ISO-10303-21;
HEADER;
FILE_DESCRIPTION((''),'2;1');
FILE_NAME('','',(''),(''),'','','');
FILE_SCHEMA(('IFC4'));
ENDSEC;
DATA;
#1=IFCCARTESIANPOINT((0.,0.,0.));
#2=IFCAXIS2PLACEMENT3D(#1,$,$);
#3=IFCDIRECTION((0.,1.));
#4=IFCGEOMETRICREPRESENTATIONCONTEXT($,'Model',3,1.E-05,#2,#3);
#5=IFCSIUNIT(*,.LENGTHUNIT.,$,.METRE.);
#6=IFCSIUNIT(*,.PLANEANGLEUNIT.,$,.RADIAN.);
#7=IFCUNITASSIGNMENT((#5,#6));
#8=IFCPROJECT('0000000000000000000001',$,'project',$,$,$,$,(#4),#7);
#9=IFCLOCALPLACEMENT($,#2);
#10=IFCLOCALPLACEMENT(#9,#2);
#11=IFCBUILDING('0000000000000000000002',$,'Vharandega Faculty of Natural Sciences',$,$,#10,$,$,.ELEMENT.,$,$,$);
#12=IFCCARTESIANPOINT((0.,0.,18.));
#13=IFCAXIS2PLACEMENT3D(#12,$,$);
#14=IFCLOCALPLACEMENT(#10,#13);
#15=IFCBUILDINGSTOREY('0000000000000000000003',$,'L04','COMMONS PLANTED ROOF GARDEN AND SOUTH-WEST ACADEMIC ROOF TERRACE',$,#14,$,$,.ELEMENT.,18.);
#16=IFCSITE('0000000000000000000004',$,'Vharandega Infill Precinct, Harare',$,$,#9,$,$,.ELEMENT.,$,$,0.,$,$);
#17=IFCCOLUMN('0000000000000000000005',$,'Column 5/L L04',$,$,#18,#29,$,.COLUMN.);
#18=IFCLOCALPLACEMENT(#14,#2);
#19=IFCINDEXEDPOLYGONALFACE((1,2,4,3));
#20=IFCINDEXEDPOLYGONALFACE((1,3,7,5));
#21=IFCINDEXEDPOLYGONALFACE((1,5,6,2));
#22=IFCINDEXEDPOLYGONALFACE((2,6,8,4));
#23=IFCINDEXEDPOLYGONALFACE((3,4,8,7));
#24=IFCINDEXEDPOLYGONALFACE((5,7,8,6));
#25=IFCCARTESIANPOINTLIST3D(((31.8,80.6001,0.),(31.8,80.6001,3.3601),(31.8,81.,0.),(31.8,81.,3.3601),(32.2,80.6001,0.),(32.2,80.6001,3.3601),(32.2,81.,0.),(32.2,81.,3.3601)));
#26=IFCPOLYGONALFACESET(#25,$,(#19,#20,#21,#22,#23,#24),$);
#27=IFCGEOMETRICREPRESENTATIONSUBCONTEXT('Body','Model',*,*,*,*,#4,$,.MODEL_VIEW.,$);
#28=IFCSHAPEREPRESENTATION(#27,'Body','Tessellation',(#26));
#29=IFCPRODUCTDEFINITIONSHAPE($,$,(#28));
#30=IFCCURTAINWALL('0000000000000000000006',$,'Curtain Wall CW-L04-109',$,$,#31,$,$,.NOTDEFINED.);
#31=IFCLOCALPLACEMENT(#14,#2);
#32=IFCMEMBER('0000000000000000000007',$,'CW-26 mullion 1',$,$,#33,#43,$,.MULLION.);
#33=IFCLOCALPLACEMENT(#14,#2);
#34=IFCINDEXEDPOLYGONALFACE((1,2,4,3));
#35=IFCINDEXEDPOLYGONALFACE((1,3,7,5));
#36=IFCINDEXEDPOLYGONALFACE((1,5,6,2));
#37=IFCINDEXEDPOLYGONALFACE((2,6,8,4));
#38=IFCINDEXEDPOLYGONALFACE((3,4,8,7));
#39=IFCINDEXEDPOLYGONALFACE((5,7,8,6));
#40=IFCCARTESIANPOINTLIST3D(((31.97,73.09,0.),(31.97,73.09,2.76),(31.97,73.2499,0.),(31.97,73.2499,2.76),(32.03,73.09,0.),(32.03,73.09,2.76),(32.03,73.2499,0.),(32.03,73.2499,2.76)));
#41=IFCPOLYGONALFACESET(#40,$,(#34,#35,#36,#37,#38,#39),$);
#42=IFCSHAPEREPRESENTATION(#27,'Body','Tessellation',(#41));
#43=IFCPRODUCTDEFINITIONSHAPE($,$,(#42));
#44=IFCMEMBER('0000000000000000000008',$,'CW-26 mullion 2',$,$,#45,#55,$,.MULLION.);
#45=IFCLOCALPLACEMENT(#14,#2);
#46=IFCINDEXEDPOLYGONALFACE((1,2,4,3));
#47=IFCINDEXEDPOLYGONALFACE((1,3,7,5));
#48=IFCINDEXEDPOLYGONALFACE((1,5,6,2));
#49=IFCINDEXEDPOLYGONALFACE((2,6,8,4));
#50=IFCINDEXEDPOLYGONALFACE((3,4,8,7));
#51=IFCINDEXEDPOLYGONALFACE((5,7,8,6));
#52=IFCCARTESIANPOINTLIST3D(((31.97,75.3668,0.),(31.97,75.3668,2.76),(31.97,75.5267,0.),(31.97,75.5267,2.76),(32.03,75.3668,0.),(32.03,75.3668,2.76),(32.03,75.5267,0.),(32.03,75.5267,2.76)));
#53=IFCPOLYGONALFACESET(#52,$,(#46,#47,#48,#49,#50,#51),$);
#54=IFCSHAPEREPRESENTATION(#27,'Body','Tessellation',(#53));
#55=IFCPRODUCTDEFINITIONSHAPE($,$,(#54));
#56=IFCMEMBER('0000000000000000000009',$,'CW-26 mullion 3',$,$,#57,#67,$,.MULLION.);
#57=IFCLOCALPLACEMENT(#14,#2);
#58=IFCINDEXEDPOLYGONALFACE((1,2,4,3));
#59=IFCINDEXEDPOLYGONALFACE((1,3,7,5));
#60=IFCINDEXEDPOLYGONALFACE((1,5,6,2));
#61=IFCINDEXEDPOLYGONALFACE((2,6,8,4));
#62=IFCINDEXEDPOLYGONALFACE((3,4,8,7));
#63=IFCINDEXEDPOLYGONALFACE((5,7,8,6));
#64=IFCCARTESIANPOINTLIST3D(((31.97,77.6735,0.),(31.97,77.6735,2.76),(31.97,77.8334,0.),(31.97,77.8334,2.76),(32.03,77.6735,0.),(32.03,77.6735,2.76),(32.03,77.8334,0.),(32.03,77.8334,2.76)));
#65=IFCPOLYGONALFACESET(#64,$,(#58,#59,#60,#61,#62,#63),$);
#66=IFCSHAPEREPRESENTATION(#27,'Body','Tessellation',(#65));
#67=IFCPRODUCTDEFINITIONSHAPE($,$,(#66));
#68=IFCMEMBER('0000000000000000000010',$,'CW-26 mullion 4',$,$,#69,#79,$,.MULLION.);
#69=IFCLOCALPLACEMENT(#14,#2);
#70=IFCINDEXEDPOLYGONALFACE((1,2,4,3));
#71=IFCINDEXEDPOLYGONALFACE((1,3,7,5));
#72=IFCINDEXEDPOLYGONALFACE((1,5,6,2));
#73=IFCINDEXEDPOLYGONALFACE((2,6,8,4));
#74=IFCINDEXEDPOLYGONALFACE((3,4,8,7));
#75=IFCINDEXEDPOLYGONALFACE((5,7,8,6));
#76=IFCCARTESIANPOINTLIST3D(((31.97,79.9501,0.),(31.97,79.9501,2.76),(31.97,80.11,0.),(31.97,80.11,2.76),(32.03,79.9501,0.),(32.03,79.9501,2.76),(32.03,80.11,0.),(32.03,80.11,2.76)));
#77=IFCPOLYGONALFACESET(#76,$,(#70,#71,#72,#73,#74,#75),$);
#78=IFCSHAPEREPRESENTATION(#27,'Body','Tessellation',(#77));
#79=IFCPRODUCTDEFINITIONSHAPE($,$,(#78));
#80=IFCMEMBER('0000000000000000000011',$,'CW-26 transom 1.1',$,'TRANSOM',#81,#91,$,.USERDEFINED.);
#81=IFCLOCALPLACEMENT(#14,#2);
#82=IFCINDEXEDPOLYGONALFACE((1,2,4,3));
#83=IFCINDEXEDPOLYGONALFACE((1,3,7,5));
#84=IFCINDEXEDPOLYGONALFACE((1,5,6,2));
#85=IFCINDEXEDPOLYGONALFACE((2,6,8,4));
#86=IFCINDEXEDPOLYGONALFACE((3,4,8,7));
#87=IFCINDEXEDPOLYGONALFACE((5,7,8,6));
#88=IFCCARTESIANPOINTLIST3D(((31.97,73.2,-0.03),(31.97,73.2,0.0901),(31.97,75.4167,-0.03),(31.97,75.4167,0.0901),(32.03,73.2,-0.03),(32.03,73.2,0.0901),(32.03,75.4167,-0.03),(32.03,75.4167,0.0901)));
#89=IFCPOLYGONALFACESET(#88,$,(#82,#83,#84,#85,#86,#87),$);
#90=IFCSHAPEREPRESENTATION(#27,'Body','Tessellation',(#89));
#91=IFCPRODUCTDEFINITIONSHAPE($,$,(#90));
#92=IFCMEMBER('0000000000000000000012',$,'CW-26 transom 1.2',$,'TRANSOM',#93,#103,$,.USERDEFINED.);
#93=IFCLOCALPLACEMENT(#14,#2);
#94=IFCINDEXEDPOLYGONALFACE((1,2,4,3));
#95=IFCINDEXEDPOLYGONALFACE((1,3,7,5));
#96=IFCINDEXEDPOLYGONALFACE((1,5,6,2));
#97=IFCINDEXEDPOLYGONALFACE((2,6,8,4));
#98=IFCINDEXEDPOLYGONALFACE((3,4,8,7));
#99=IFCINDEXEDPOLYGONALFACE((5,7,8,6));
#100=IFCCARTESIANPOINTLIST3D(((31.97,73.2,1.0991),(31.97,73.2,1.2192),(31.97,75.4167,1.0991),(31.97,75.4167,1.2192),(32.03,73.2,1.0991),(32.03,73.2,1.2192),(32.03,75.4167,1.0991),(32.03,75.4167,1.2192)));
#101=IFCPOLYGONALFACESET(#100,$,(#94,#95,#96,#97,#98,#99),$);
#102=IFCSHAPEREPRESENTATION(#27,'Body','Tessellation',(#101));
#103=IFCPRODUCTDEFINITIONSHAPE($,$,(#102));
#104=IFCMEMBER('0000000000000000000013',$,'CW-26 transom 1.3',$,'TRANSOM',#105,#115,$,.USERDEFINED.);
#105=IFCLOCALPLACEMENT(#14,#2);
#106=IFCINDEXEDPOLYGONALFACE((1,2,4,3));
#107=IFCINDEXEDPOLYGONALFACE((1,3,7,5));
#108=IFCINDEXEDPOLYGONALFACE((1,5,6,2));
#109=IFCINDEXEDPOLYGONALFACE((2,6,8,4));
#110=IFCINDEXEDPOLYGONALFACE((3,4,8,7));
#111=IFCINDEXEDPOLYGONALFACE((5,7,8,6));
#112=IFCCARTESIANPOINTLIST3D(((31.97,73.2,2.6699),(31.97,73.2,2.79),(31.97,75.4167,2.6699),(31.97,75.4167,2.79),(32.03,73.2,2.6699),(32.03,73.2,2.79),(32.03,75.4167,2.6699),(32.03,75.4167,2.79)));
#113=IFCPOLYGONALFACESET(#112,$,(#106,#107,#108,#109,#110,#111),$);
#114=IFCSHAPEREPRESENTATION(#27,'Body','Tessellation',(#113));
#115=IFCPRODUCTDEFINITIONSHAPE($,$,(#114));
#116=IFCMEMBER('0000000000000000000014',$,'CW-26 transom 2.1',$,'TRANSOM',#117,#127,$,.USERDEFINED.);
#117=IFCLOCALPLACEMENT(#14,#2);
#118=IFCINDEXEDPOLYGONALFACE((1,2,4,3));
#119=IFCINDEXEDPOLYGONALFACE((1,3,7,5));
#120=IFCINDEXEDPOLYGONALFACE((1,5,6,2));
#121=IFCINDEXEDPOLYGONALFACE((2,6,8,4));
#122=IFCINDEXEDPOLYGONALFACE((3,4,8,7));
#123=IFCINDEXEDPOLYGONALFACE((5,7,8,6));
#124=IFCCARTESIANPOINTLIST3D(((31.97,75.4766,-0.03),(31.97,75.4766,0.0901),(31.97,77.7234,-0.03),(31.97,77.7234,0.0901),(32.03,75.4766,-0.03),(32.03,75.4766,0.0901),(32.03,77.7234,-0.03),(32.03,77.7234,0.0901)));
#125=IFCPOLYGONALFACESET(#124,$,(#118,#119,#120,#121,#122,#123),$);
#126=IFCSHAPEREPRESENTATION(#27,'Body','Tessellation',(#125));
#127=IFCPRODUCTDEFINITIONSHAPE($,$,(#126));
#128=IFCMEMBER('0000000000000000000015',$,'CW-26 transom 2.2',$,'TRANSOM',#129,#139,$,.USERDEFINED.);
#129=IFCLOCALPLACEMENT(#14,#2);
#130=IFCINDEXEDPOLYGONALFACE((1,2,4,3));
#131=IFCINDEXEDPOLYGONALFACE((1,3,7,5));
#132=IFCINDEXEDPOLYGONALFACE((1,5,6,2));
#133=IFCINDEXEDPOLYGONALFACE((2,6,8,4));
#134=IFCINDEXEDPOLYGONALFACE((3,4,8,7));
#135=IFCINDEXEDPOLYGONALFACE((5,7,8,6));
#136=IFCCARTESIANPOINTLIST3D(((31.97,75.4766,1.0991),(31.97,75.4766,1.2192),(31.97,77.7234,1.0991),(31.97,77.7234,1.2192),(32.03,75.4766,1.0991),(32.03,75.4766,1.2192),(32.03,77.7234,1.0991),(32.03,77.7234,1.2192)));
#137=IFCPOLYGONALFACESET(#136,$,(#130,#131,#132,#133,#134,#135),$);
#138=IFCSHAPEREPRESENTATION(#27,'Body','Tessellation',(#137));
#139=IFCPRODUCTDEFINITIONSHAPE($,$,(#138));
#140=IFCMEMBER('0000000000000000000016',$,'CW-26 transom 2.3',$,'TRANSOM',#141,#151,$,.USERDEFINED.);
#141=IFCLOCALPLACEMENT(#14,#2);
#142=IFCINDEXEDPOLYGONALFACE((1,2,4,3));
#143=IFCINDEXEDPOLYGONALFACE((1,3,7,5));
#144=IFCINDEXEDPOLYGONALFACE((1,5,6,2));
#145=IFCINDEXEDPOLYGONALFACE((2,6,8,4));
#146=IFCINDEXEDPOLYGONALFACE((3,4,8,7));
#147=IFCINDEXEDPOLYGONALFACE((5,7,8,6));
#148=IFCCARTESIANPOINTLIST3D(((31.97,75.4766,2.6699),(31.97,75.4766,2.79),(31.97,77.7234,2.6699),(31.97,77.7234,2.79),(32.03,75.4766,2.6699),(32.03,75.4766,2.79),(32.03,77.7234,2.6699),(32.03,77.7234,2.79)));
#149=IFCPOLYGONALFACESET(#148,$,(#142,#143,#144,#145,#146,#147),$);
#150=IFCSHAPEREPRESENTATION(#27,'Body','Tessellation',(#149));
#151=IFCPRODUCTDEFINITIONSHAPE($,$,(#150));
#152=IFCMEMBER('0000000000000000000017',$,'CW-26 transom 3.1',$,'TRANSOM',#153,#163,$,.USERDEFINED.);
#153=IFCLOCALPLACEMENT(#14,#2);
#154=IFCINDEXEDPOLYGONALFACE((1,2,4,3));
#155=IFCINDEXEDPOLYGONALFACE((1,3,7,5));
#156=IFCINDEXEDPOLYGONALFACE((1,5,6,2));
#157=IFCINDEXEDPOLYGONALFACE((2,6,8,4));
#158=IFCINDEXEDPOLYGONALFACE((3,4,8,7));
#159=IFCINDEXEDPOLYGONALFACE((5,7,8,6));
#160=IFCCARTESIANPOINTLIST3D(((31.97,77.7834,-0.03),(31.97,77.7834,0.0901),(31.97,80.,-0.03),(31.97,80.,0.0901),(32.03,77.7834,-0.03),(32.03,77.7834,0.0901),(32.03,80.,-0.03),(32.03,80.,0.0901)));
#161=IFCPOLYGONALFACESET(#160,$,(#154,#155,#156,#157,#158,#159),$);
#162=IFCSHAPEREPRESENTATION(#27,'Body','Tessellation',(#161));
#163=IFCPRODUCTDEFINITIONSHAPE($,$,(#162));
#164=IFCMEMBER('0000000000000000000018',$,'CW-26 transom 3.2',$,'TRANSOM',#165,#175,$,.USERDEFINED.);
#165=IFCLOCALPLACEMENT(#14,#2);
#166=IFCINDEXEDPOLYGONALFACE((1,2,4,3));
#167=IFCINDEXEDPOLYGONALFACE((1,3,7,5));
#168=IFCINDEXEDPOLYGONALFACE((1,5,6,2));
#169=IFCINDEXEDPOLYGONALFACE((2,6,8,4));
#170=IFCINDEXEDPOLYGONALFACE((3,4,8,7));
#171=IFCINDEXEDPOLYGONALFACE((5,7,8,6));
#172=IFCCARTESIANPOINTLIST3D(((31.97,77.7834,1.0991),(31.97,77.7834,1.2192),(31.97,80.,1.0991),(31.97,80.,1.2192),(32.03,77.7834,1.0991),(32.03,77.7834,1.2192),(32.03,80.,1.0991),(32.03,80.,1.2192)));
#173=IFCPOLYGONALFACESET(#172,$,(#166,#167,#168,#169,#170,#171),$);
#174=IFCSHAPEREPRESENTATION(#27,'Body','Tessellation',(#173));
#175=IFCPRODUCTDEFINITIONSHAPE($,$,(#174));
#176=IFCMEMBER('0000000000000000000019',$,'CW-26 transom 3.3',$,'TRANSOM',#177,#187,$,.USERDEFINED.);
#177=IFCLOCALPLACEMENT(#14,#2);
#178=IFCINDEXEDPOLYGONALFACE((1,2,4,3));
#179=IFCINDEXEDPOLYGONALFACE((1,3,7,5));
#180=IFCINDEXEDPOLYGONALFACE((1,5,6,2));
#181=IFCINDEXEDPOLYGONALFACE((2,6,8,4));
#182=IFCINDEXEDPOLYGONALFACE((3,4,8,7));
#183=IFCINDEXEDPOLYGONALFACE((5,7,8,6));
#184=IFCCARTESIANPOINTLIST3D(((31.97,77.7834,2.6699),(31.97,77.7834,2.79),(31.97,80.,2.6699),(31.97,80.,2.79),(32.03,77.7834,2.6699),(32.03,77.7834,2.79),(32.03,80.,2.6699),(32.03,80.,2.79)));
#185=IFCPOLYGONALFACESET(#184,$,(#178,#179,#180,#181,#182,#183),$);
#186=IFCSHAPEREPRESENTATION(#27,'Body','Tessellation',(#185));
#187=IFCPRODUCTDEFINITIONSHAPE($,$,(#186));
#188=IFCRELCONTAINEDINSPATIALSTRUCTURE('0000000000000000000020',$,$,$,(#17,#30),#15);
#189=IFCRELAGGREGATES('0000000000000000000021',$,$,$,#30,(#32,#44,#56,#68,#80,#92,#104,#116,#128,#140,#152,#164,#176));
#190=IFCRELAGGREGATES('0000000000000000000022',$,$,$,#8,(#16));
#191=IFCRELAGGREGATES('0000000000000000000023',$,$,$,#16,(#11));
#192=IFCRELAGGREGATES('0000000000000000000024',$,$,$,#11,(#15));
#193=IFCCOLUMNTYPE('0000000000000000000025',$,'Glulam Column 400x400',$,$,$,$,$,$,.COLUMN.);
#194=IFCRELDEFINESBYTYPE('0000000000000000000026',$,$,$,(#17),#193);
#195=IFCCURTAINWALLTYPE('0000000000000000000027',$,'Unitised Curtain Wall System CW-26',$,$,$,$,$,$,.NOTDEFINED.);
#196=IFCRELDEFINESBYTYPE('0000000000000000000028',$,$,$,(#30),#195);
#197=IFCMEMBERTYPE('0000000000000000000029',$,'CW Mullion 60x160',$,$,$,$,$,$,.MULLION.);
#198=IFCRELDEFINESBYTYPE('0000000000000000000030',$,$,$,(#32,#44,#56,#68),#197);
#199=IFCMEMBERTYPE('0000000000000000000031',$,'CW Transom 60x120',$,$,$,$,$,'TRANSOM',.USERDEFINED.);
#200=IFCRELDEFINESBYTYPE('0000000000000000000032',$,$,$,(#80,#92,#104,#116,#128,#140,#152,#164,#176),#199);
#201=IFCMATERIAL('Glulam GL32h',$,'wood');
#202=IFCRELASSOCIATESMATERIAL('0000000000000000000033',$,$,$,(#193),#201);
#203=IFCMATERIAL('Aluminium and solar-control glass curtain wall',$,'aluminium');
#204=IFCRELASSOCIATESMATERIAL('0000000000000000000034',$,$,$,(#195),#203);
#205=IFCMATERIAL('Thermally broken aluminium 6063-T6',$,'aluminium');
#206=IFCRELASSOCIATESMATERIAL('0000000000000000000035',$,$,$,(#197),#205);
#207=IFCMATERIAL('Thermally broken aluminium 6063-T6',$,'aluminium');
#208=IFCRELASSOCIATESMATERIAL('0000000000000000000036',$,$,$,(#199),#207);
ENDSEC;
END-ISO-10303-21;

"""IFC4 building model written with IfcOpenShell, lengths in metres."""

from ifc_helpers import new_model, si_unit, direction, frame, origin, origin_2d, place, context, subcontext, project, spatial, rectangle, extrude, material, material_profile, profile_set, type_object, element, aggregate, save


model = new_model("IFC4")

# Units and contexts
model_context = context("Model", 3, precision=1e-05, world=origin(), true_north=direction((0.0, 1.0)))
body_context = subcontext(model_context, "Body", "Model", "MODEL_VIEW")
ifc_project = project(units=[si_unit("LENGTHUNIT", "METRE"), si_unit("PLANEANGLEUNIT", "RADIAN")], contexts=[model_context])

# Site, building, storey
site_placement = place(None, origin())
site = spatial("IfcSite", under=ifc_project, at=site_placement, Name="Vharandega Infill Precinct, Harare", CompositionType="ELEMENT", RefElevation=0.0)
building_placement = place(site_placement, origin())
building = spatial("IfcBuilding", under=site, at=building_placement, Name="Vharandega Faculty of Natural Sciences", CompositionType="ELEMENT")
storey_placement = place(building_placement, frame((0.0, 0.0, 18.0)))
storey = spatial("IfcBuildingStorey", under=building, at=storey_placement, Name="L04", Description="COMMONS PLANTED ROOF GARDEN AND SOUTH-WEST ACADEMIC ROOF TERRACE", CompositionType="ELEMENT", Elevation=18.0)

# Column
ifc_material_1 = material(Name="Glulam GL32h", Category="wood")
ifc_material_profile_1 = material_profile(ifc_material_1, rectangle(XDim=0.3999, YDim=0.3999, at=origin_2d()), Name="GL32h 400x400")
ifc_profile_set_1 = profile_set([ifc_material_profile_1], Name="Glulam GL32h")
column_type = type_object("IfcColumnType", Name="Glulam Column 400x400", PredefinedType="COLUMN", material=ifc_profile_set_1)
column_placement = place(storey_placement, frame((32.0, 80.8, 0.0), z_axis=(0.0, 0.0, 1.0), x_axis=(1.0, 0.0, 0.0)))
element("IfcColumn", 1, at=column_placement, inside=storey, type_object=column_type, Name="Column 5/L L04", PredefinedType="COLUMN", context=body_context, shape_type="SweptSolid", body=[
    extrude(rectangle(XDim=0.3999, YDim=0.3999, at=origin_2d()), origin(), (0.0, 0.0, 1.0), 3.3601),
])

# Curtain wall, members
ifc_material_2 = material(Name="Aluminium and solar-control glass curtain wall", Category="aluminium")
curtain_wall_type = type_object("IfcCurtainWallType", Name="Unitised Curtain Wall System CW-26", PredefinedType="NOTDEFINED", material=ifc_material_2)
curtain_wall_placement = place(storey_placement, origin())
curtain_wall = element("IfcCurtainWall", 2, at=curtain_wall_placement, inside=storey, type_object=curtain_wall_type, Name="Curtain Wall CW-L04-109", PredefinedType="NOTDEFINED")
ifc_material_3 = material(Name="Thermally broken aluminium 6063-T6", Category="aluminium")
ifc_material_profile_2 = material_profile(ifc_material_3, rectangle(XDim=0.0601, YDim=0.1599, at=origin_2d()), Name="ALU 60x160")
ifc_profile_set_2 = profile_set([ifc_material_profile_2], Name="Thermally broken aluminium 6063-T6")
member_type_1 = type_object("IfcMemberType", Name="CW Mullion 60x160", PredefinedType="MULLION", material=ifc_profile_set_2)
member_1_placement = place(storey_placement, frame((32.0, 73.1699, 0.0), z_axis=(0.0, 0.0, 1.0), x_axis=(-1.0, 0.0, 0.0)))
member_1 = element("IfcMember", 3, at=member_1_placement, type_object=member_type_1, Name="CW-26 mullion 1", PredefinedType="MULLION", context=body_context, shape_type="SweptSolid", body=[
    extrude(rectangle(XDim=0.0601, YDim=0.1599, at=origin_2d()), origin(), (0.0, 0.0, 1.0), 2.76),
])
member_2_placement = place(storey_placement, frame((32.0, 75.4468, 0.0), z_axis=(0.0, 0.0, 1.0), x_axis=(-1.0, 0.0, 0.0)))
member_2 = element("IfcMember", 4, at=member_2_placement, type_object=member_type_1, Name="CW-26 mullion 2", PredefinedType="MULLION", context=body_context, shape_type="SweptSolid", body=[
    extrude(rectangle(XDim=0.0601, YDim=0.1599, at=origin_2d()), origin(), (0.0, 0.0, 1.0), 2.76),
])
member_3_placement = place(storey_placement, frame((32.0, 77.7534, 0.0), z_axis=(0.0, 0.0, 1.0), x_axis=(-1.0, 0.0, 0.0)))
member_3 = element("IfcMember", 5, at=member_3_placement, type_object=member_type_1, Name="CW-26 mullion 3", PredefinedType="MULLION", context=body_context, shape_type="SweptSolid", body=[
    extrude(rectangle(XDim=0.0601, YDim=0.1599, at=origin_2d()), origin(), (0.0, 0.0, 1.0), 2.76),
])
member_4_placement = place(storey_placement, frame((32.0, 80.03, 0.0), z_axis=(0.0, 0.0, 1.0), x_axis=(-1.0, 0.0, 0.0)))
member_4 = element("IfcMember", 6, at=member_4_placement, type_object=member_type_1, Name="CW-26 mullion 4", PredefinedType="MULLION", context=body_context, shape_type="SweptSolid", body=[
    extrude(rectangle(XDim=0.0601, YDim=0.1599, at=origin_2d()), origin(), (0.0, 0.0, 1.0), 2.76),
])
ifc_material_4 = material(Name="Thermally broken aluminium 6063-T6", Category="aluminium")
ifc_material_profile_3 = material_profile(ifc_material_4, rectangle(XDim=0.0601, YDim=0.1201, at=origin_2d()), Name="ALU 60x120")
ifc_profile_set_3 = profile_set([ifc_material_profile_3], Name="Thermally broken aluminium 6063-T6")
member_type_2 = type_object("IfcMemberType", Name="CW Transom 60x120", ElementType="TRANSOM", PredefinedType="USERDEFINED", material=ifc_profile_set_3)
member_5_placement = place(storey_placement, frame((32.0, 73.2, 0.03), z_axis=(0.0, 1.0, 0.0), x_axis=(-1.0, 0.0, 0.0)))
member_5 = element("IfcMember", 7, at=member_5_placement, type_object=member_type_2, Name="CW-26 transom 1.1", ObjectType="TRANSOM", PredefinedType="USERDEFINED", context=body_context, shape_type="SweptSolid", body=[
    extrude(rectangle(XDim=0.0601, YDim=0.1201, at=origin_2d()), origin(), (0.0, 0.0, 1.0), 2.2168),
])
member_6_placement = place(storey_placement, frame((32.0, 73.2, 1.1592), z_axis=(0.0, 1.0, 0.0), x_axis=(-1.0, 0.0, 0.0)))
member_6 = element("IfcMember", 8, at=member_6_placement, type_object=member_type_2, Name="CW-26 transom 1.2", ObjectType="TRANSOM", PredefinedType="USERDEFINED", context=body_context, shape_type="SweptSolid", body=[
    extrude(rectangle(XDim=0.0601, YDim=0.1201, at=origin_2d()), origin(), (0.0, 0.0, 1.0), 2.2168),
])
member_7_placement = place(storey_placement, frame((32.0, 73.2, 2.73), z_axis=(0.0, 1.0, 0.0), x_axis=(-1.0, 0.0, 0.0)))
member_7 = element("IfcMember", 9, at=member_7_placement, type_object=member_type_2, Name="CW-26 transom 1.3", ObjectType="TRANSOM", PredefinedType="USERDEFINED", context=body_context, shape_type="SweptSolid", body=[
    extrude(rectangle(XDim=0.0601, YDim=0.1201, at=origin_2d()), origin(), (0.0, 0.0, 1.0), 2.2168),
])
member_8_placement = place(storey_placement, frame((32.0, 75.4766, 0.03), z_axis=(0.0, 1.0, 0.0), x_axis=(-1.0, 0.0, 0.0)))
member_8 = element("IfcMember", 10, at=member_8_placement, type_object=member_type_2, Name="CW-26 transom 2.1", ObjectType="TRANSOM", PredefinedType="USERDEFINED", context=body_context, shape_type="SweptSolid", body=[
    extrude(rectangle(XDim=0.0601, YDim=0.1201, at=origin_2d()), origin(), (0.0, 0.0, 1.0), 2.2468),
])
member_9_placement = place(storey_placement, frame((32.0, 75.4766, 1.1592), z_axis=(0.0, 1.0, 0.0), x_axis=(-1.0, 0.0, 0.0)))
member_9 = element("IfcMember", 11, at=member_9_placement, type_object=member_type_2, Name="CW-26 transom 2.2", ObjectType="TRANSOM", PredefinedType="USERDEFINED", context=body_context, shape_type="SweptSolid", body=[
    extrude(rectangle(XDim=0.0601, YDim=0.1201, at=origin_2d()), origin(), (0.0, 0.0, 1.0), 2.2468),
])
member_10_placement = place(storey_placement, frame((32.0, 75.4766, 2.73), z_axis=(0.0, 1.0, 0.0), x_axis=(-1.0, 0.0, 0.0)))
member_10 = element("IfcMember", 12, at=member_10_placement, type_object=member_type_2, Name="CW-26 transom 2.3", ObjectType="TRANSOM", PredefinedType="USERDEFINED", context=body_context, shape_type="SweptSolid", body=[
    extrude(rectangle(XDim=0.0601, YDim=0.1201, at=origin_2d()), origin(), (0.0, 0.0, 1.0), 2.2468),
])
member_11_placement = place(storey_placement, frame((32.0, 77.7834, 0.03), z_axis=(0.0, 1.0, 0.0), x_axis=(-1.0, 0.0, 0.0)))
member_11 = element("IfcMember", 13, at=member_11_placement, type_object=member_type_2, Name="CW-26 transom 3.1", ObjectType="TRANSOM", PredefinedType="USERDEFINED", context=body_context, shape_type="SweptSolid", body=[
    extrude(rectangle(XDim=0.0601, YDim=0.1201, at=origin_2d()), origin(), (0.0, 0.0, 1.0), 2.2166),
])
member_12_placement = place(storey_placement, frame((32.0, 77.7834, 1.1592), z_axis=(0.0, 1.0, 0.0), x_axis=(-1.0, 0.0, 0.0)))
member_12 = element("IfcMember", 14, at=member_12_placement, type_object=member_type_2, Name="CW-26 transom 3.2", ObjectType="TRANSOM", PredefinedType="USERDEFINED", context=body_context, shape_type="SweptSolid", body=[
    extrude(rectangle(XDim=0.0601, YDim=0.1201, at=origin_2d()), origin(), (0.0, 0.0, 1.0), 2.2166),
])
member_13_placement = place(storey_placement, frame((32.0, 77.7834, 2.73), z_axis=(0.0, 1.0, 0.0), x_axis=(-1.0, 0.0, 0.0)))
member_13 = element("IfcMember", 15, at=member_13_placement, type_object=member_type_2, Name="CW-26 transom 3.3", ObjectType="TRANSOM", PredefinedType="USERDEFINED", context=body_context, shape_type="SweptSolid", body=[
    extrude(rectangle(XDim=0.0601, YDim=0.1201, at=origin_2d()), origin(), (0.0, 0.0, 1.0), 2.2166),
])

aggregate(curtain_wall, [member_1, member_2, member_3, member_4, member_5, member_6, member_7, member_8, member_9, member_10, member_11, member_12, member_13])

save(model, "model.ifc")
